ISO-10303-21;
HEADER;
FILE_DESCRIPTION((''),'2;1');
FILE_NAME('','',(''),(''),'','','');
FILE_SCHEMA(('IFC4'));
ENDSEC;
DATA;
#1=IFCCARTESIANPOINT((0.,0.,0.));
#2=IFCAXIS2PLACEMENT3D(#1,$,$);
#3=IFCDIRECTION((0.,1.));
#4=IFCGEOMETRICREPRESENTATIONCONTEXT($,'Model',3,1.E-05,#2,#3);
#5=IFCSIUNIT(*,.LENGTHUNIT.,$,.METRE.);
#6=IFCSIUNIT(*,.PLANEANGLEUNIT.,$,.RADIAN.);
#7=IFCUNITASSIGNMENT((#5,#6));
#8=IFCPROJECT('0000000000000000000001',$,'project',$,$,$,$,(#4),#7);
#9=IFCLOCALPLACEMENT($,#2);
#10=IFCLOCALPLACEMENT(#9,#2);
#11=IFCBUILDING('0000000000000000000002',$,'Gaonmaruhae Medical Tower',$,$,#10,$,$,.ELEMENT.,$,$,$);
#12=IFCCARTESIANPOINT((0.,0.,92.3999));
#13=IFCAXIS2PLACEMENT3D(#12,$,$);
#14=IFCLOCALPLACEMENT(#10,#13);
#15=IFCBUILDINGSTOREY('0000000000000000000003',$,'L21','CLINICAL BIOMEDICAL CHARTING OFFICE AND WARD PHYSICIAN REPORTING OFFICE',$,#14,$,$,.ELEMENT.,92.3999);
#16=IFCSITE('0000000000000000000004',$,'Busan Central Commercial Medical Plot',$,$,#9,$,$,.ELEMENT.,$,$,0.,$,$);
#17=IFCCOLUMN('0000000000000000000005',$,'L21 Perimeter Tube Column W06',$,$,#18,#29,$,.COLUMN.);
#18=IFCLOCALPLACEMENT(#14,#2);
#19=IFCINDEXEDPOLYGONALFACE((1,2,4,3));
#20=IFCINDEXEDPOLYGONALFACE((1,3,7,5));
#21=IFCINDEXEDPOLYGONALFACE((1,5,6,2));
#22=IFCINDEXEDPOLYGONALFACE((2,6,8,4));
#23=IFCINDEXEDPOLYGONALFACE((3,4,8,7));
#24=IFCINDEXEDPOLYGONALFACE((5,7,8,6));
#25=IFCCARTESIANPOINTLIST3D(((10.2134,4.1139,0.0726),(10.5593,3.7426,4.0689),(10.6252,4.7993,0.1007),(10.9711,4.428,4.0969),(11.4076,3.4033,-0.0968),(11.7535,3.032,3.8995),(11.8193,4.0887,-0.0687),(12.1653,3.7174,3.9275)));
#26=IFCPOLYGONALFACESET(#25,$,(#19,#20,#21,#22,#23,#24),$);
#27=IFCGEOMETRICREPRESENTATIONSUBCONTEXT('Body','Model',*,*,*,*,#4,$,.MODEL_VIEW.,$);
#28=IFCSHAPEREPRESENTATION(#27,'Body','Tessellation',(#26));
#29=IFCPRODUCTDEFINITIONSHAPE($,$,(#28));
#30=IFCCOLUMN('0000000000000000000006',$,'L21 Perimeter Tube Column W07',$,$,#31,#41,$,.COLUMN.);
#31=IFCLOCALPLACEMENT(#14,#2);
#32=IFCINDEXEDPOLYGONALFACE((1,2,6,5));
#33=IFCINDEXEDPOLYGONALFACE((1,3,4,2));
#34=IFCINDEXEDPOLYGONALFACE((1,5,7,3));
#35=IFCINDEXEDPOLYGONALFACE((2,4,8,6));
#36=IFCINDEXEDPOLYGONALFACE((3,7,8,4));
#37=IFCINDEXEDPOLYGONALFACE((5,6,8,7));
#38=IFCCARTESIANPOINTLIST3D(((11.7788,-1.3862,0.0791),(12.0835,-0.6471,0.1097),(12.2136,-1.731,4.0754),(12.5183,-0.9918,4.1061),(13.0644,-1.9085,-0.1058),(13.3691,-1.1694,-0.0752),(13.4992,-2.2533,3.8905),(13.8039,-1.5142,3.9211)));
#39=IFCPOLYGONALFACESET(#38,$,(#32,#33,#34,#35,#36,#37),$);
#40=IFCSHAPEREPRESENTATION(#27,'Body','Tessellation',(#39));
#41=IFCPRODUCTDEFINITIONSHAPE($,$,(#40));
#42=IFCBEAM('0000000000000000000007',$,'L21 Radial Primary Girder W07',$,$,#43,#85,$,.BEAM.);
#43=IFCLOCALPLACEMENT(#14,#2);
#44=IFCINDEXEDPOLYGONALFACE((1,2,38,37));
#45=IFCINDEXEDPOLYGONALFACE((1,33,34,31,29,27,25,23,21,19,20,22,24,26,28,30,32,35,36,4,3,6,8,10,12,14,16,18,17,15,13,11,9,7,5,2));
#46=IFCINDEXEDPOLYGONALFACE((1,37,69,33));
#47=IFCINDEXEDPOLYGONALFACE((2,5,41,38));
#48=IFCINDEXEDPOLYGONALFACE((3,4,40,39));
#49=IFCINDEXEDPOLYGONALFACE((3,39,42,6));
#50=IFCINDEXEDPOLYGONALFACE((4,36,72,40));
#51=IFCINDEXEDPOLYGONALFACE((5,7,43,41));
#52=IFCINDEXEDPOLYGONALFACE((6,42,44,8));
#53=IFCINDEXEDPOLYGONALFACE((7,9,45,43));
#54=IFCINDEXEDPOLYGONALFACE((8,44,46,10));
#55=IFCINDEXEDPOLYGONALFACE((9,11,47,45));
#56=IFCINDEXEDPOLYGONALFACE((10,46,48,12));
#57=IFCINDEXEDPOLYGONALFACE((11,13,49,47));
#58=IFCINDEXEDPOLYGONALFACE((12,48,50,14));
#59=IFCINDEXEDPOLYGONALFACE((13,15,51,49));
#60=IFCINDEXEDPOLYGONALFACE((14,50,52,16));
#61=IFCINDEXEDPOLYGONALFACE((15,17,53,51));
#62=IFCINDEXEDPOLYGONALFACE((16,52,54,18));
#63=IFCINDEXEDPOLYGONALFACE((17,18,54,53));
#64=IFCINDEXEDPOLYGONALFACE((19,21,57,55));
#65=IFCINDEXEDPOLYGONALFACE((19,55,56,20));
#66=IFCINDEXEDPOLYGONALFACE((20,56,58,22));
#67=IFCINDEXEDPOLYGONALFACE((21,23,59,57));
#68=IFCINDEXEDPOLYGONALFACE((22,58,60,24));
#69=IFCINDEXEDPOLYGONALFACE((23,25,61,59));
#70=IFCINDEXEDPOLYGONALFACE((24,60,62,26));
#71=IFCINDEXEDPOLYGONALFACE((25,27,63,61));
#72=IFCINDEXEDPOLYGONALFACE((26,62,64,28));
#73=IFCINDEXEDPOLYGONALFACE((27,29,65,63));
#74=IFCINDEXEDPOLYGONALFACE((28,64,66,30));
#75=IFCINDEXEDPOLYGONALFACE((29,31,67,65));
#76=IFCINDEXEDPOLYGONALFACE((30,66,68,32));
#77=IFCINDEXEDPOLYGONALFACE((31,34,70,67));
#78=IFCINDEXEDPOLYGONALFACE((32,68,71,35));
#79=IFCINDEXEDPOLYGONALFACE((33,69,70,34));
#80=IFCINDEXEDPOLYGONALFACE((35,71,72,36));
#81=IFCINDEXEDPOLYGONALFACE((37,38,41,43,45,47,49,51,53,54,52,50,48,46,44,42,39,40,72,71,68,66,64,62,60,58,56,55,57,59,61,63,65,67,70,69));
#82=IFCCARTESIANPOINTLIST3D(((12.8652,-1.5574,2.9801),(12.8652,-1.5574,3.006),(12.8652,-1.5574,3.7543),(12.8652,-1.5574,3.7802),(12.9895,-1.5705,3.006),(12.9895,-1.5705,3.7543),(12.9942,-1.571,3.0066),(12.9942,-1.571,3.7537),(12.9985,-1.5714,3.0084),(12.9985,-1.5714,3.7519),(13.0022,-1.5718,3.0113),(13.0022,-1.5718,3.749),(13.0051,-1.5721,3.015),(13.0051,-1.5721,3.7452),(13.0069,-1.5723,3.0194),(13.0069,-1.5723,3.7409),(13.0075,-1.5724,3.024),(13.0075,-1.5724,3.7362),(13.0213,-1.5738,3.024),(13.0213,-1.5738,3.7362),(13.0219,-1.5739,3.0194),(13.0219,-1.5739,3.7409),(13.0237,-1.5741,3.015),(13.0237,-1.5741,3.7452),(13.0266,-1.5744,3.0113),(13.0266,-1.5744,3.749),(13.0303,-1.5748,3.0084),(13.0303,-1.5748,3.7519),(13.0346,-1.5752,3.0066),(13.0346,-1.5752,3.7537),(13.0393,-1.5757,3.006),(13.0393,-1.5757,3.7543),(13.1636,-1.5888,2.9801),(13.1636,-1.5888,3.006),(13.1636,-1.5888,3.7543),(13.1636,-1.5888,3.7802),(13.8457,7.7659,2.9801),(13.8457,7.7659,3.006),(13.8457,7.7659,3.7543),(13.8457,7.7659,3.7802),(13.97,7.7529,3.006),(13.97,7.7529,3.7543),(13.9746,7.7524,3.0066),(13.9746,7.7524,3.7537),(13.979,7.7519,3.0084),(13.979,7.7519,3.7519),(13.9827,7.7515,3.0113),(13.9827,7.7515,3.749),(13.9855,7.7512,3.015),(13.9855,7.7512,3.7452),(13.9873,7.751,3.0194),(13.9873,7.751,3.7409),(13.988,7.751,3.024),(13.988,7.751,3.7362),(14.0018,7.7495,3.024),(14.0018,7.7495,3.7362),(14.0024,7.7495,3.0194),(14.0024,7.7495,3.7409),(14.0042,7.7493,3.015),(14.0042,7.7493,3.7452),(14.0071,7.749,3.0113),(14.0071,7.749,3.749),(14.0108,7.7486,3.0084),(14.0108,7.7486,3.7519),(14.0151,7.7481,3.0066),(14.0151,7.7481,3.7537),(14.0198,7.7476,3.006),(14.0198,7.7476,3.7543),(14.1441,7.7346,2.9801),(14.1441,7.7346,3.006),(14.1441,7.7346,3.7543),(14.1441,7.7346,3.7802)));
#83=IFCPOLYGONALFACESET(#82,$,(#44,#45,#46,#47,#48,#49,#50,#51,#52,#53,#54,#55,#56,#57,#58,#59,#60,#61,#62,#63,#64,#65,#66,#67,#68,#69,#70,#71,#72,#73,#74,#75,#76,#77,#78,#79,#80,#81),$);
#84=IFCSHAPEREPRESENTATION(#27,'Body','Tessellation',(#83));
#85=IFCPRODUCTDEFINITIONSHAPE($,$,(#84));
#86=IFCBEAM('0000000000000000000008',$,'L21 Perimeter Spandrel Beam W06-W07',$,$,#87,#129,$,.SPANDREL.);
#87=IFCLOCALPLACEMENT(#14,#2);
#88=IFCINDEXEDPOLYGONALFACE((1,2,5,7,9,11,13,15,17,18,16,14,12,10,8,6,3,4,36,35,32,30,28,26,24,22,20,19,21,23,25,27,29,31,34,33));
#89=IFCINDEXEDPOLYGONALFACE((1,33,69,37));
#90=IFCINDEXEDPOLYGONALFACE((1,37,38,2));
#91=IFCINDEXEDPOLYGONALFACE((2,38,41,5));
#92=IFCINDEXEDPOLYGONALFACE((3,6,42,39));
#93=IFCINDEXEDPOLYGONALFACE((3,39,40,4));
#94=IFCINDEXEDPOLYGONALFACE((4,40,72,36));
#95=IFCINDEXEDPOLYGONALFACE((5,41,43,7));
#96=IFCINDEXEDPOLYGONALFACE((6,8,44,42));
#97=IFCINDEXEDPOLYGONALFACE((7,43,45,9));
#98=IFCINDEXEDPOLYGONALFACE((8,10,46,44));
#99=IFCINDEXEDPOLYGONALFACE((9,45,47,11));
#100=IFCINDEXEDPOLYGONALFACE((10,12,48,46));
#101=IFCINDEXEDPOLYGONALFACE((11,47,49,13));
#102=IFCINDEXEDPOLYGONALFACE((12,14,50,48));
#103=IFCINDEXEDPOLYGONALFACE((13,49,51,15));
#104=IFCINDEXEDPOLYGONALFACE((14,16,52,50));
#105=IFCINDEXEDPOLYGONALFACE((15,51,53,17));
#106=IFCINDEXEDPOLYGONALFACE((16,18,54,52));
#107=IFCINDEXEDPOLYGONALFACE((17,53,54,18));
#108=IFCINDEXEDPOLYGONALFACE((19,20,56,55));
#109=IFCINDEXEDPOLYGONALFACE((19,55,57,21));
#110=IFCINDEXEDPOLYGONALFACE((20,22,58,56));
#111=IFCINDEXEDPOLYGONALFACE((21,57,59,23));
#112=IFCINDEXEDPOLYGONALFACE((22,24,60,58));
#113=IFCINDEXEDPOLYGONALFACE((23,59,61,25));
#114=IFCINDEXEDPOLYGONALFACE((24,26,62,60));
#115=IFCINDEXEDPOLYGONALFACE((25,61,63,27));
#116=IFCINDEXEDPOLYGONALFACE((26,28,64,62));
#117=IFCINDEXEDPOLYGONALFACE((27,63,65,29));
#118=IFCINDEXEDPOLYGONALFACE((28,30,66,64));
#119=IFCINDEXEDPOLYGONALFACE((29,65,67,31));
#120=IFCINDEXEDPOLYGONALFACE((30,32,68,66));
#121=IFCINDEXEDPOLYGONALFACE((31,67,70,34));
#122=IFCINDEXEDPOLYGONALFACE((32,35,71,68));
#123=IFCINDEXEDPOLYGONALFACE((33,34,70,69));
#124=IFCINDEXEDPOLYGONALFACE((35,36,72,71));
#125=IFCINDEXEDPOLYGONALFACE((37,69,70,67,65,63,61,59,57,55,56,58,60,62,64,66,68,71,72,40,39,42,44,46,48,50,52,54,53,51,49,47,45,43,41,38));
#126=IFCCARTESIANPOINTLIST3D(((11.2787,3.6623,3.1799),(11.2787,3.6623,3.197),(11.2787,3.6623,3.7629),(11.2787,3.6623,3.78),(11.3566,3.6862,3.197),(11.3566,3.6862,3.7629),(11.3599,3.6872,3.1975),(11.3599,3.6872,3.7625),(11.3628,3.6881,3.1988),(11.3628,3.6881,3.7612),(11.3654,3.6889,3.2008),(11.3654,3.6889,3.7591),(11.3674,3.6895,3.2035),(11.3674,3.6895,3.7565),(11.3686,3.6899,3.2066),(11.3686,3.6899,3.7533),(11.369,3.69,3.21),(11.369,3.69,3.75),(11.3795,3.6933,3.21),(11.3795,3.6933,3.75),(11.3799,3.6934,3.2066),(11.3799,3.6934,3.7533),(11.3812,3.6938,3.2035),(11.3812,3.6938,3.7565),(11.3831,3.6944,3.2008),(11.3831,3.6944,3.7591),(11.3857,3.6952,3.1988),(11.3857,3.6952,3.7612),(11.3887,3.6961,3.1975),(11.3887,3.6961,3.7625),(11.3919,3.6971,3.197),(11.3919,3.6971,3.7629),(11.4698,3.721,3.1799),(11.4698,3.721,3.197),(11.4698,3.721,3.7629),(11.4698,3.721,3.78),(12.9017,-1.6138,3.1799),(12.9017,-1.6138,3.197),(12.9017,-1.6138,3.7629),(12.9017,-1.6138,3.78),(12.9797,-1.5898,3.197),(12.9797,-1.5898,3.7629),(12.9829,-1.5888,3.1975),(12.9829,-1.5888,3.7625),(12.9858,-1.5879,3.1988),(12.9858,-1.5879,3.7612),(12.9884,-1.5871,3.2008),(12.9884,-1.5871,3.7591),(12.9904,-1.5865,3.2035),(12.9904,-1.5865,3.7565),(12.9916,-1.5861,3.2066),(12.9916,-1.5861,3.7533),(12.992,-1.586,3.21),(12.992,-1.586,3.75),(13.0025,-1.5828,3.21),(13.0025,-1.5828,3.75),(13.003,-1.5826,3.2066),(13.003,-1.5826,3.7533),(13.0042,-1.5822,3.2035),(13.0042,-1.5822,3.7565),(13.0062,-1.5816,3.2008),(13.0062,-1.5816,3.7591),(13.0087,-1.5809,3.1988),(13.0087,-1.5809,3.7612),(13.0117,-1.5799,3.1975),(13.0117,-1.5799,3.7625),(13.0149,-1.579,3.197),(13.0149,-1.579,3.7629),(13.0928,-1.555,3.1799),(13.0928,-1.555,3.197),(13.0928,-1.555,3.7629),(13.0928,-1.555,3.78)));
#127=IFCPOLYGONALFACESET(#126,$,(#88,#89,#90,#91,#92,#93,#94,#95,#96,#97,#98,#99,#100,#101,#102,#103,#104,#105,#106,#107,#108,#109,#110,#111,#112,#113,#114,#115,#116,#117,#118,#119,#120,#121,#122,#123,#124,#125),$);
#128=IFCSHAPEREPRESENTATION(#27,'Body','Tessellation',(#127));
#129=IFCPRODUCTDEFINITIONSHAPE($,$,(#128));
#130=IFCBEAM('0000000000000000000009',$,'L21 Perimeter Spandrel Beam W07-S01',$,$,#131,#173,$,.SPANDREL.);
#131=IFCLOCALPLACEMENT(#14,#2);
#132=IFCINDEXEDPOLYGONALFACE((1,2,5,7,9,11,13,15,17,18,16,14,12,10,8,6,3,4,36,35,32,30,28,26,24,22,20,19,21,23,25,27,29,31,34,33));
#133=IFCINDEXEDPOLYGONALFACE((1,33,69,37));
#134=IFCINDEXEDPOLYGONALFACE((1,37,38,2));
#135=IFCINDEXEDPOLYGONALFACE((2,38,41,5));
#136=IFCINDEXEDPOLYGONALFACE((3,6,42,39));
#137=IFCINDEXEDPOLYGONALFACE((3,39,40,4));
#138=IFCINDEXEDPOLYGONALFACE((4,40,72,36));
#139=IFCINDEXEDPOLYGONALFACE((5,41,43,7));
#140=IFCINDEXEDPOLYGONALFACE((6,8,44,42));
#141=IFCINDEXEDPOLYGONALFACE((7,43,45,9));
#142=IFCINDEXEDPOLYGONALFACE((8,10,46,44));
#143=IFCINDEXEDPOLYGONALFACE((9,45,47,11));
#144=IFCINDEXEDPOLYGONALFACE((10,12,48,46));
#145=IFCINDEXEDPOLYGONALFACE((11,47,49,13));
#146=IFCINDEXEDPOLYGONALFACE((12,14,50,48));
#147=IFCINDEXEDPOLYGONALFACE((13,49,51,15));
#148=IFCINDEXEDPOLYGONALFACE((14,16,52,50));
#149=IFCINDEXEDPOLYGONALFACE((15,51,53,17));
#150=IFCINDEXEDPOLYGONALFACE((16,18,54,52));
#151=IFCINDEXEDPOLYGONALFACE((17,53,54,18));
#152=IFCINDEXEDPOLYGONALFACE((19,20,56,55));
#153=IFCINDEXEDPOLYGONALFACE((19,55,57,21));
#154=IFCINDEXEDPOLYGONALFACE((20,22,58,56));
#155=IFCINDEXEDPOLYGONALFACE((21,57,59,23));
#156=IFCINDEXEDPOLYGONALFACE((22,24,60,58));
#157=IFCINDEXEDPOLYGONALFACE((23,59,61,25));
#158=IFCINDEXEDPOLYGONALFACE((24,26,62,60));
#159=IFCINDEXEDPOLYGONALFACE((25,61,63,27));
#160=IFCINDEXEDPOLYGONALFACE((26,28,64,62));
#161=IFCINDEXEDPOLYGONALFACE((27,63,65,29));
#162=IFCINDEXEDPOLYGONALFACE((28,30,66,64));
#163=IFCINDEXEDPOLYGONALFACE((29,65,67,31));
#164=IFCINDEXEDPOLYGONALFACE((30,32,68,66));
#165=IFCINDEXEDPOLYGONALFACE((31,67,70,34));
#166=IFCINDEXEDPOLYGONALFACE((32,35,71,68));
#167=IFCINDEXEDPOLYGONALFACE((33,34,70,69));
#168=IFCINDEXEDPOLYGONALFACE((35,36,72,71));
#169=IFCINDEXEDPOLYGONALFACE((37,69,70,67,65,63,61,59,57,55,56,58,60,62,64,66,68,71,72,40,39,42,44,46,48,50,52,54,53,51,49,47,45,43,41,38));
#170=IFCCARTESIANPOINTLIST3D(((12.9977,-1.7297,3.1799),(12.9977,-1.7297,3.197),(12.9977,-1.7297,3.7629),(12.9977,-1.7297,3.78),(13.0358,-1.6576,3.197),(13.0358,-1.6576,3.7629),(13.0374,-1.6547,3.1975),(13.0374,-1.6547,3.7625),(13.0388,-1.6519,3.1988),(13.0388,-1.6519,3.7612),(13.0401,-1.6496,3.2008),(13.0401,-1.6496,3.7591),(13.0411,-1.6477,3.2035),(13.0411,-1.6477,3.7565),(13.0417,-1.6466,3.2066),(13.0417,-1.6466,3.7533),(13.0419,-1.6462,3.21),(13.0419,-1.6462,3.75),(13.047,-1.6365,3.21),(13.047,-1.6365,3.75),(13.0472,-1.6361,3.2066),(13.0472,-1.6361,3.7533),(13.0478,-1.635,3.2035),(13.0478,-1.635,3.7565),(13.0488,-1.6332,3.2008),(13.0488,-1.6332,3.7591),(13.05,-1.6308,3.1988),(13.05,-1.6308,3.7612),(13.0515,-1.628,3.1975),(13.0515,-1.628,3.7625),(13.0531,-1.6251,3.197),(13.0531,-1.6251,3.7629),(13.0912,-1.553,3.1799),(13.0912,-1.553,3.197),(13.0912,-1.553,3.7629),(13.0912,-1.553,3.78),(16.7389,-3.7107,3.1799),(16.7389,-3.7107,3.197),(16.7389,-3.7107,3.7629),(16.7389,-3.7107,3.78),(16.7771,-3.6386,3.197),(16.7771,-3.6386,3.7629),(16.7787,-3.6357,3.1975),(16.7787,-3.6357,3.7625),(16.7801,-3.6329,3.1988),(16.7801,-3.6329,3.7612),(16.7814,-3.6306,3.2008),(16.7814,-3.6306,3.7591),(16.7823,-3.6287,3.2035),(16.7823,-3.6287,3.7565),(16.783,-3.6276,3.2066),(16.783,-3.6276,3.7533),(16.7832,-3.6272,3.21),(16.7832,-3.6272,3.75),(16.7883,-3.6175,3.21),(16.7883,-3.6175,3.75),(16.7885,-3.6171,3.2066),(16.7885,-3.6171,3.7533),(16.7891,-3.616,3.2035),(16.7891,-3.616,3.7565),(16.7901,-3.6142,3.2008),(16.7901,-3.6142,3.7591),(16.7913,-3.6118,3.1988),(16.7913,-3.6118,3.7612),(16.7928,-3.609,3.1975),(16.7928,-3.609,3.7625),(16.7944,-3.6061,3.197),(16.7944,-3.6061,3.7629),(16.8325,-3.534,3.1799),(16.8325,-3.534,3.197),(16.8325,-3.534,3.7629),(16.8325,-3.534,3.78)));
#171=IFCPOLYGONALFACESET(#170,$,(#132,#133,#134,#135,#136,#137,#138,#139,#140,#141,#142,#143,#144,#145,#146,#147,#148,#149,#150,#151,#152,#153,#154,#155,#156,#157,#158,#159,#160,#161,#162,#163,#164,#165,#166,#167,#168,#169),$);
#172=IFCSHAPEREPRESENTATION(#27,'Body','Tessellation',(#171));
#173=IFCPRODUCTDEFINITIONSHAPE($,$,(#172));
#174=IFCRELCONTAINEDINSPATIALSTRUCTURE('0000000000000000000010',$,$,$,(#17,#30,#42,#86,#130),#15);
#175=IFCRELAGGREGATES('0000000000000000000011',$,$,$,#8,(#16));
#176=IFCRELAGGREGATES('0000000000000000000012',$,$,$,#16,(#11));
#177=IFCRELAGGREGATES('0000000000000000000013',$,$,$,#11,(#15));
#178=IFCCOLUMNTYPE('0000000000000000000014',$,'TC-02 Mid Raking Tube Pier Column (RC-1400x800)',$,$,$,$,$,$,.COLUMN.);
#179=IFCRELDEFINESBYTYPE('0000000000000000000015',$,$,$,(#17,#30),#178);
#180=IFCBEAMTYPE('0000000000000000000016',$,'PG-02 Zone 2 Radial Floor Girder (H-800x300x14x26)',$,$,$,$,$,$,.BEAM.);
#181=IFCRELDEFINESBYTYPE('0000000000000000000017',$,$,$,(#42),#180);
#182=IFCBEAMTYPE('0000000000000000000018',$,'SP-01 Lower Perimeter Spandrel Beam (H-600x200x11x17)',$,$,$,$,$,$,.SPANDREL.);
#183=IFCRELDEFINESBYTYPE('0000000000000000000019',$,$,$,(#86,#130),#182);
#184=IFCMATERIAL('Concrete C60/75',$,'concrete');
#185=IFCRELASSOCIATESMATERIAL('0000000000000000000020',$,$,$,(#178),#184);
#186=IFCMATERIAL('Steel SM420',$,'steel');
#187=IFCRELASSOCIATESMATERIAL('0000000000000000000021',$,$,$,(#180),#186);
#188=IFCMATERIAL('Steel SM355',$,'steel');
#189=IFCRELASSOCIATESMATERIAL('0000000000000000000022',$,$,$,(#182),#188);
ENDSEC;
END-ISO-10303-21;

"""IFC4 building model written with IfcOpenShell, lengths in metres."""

from ifc_helpers import new_model, si_unit, direction, frame, origin, origin_2d, place, context, subcontext, project, spatial, rectangle, i_section, extrude, material, material_profile, profile_set, type_object, element, save


model = new_model("IFC4")

# Units and contexts
model_context = context("Model", 3, precision=1e-05, world=origin(), true_north=direction((0.0, 1.0)))
body_context = subcontext(model_context, "Body", "Model", "MODEL_VIEW")
ifc_project = project(units=[si_unit("LENGTHUNIT", "METRE"), si_unit("PLANEANGLEUNIT", "RADIAN")], contexts=[model_context])

# Site, building, storey
site_placement = place(None, origin())
site = spatial("IfcSite", under=ifc_project, at=site_placement, Name="Busan Central Commercial Medical Plot", CompositionType="ELEMENT", RefElevation=0.0)
building_placement = place(site_placement, origin())
building = spatial("IfcBuilding", under=site, at=building_placement, Name="Gaonmaruhae Medical Tower", CompositionType="ELEMENT")
storey_placement = place(building_placement, frame((0.0, 0.0, 92.3999)))
storey = spatial("IfcBuildingStorey", under=building, at=storey_placement, Name="L21", Description="CLINICAL BIOMEDICAL CHARTING OFFICE AND WARD PHYSICIAN REPORTING OFFICE", CompositionType="ELEMENT", Elevation=92.3999)

# Columns
ifc_material_1 = material(Name="Concrete C60/75", Category="concrete")
ifc_material_profile_1 = material_profile(ifc_material_1, rectangle(XDim=1.3999, YDim=0.8, at=origin_2d()), Name="RC-1400x800")
ifc_profile_set_1 = profile_set([ifc_material_profile_1], Name="Concrete C60/75")
column_type = type_object("IfcColumnType", Name="TC-02 Mid Raking Tube Pier Column (RC-1400x800)", PredefinedType="COLUMN", material=ifc_profile_set_1)
column_1_placement = place(storey_placement, frame((11.0164, 4.1013, 0.002), z_axis=(0.085876, -0.092179, 0.992032), x_axis=(-0.853051, 0.507602, 0.121011)))
element("IfcColumn", 1, at=column_1_placement, inside=storey, type_object=column_type, Name="L21 Perimeter Tube Column W06", PredefinedType="COLUMN", context=body_context, shape_type="SweptSolid", body=[
    extrude(rectangle(XDim=1.3999, YDim=0.8, at=origin_2d()), origin(), (0.0, 0.0, 1.0), 4.0283),
])
column_2_placement = place(storey_placement, frame((12.574, -1.2778, 0.002), z_axis=(0.107769, -0.085441, 0.990498), x_axis=(-0.918336, 0.373105, 0.132102)))
element("IfcColumn", 2, at=column_2_placement, inside=storey, type_object=column_type, Name="L21 Perimeter Tube Column W07", PredefinedType="COLUMN", context=body_context, shape_type="SweptSolid", body=[
    extrude(rectangle(XDim=1.3999, YDim=0.8, at=origin_2d()), origin(), (0.0, 0.0, 1.0), 4.0347),
])

# Beams
ifc_material_2 = material(Name="Steel SM420", Category="steel")
ifc_material_profile_2 = material_profile(ifc_material_2, i_section(OverallWidth=0.3, OverallDepth=0.8, WebThickness=0.0139, FlangeThickness=0.0259, FilletRadius=0.0181, at=origin_2d()), Name="H-800x300x14x26")
ifc_profile_set_2 = profile_set([ifc_material_profile_2], Name="Steel SM420")
beam_type_1 = type_object("IfcBeamType", Name="PG-02 Zone 2 Radial Floor Girder (H-800x300x14x26)", PredefinedType="BEAM", material=ifc_profile_set_2)
beam_1_placement = place(storey_placement, frame((13.9949, 7.7502, 3.3801), z_axis=(-0.104587, -0.994516, 0.0), x_axis=(0.994516, -0.104587, 0.0)))
element("IfcBeam", 3, at=beam_1_placement, inside=storey, type_object=beam_type_1, Name="L21 Radial Primary Girder W07", PredefinedType="BEAM", context=body_context, shape_type="SweptSolid", body=[
    extrude(i_section(OverallWidth=0.3, OverallDepth=0.8, WebThickness=0.0139, FlangeThickness=0.0259, FilletRadius=0.0181, at=origin_2d()), origin(), (0.0, 0.0, 1.0), 9.3748),
])
ifc_material_3 = material(Name="Steel SM355", Category="steel")
ifc_material_profile_3 = material_profile(ifc_material_3, i_section(OverallWidth=0.2, OverallDepth=0.6001, WebThickness=0.011, FlangeThickness=0.0171, FilletRadius=0.0129, at=origin_2d()), Name="H-600x200x11x17")
ifc_profile_set_3 = profile_set([ifc_material_profile_3], Name="Steel SM355")
beam_type_2 = type_object("IfcBeamType", Name="SP-01 Lower Perimeter Spandrel Beam (H-600x200x11x17)", PredefinedType="SPANDREL", material=ifc_profile_set_3)
beam_2_placement = place(storey_placement, frame((11.3743, 3.6917, 3.48), z_axis=(0.294024, -0.955798, 0.0), x_axis=(0.955798, 0.294024, 0.0)))
element("IfcBeam", 4, at=beam_2_placement, inside=storey, type_object=beam_type_2, Name="L21 Perimeter Spandrel Beam W06-W07", PredefinedType="SPANDREL", context=body_context, shape_type="SweptSolid", body=[
    extrude(i_section(OverallWidth=0.2, OverallDepth=0.6001, WebThickness=0.011, FlangeThickness=0.0171, FilletRadius=0.0129, at=origin_2d()), origin(), (0.0, 0.0, 1.0), 5.52),
])
beam_3_placement = place(storey_placement, frame((13.0444, -1.6414, 3.48), z_axis=(0.883757, -0.467946, 0.0), x_axis=(0.467946, 0.883757, 0.0)))
element("IfcBeam", 5, at=beam_3_placement, inside=storey, type_object=beam_type_2, Name="L21 Perimeter Spandrel Beam W07-S01", PredefinedType="SPANDREL", context=body_context, shape_type="SweptSolid", body=[
    extrude(i_section(OverallWidth=0.2, OverallDepth=0.6001, WebThickness=0.011, FlangeThickness=0.0171, FilletRadius=0.0129, at=origin_2d()), origin(), (0.0, 0.0, 1.0), 4.2334),
])

save(model, "model.ifc")
